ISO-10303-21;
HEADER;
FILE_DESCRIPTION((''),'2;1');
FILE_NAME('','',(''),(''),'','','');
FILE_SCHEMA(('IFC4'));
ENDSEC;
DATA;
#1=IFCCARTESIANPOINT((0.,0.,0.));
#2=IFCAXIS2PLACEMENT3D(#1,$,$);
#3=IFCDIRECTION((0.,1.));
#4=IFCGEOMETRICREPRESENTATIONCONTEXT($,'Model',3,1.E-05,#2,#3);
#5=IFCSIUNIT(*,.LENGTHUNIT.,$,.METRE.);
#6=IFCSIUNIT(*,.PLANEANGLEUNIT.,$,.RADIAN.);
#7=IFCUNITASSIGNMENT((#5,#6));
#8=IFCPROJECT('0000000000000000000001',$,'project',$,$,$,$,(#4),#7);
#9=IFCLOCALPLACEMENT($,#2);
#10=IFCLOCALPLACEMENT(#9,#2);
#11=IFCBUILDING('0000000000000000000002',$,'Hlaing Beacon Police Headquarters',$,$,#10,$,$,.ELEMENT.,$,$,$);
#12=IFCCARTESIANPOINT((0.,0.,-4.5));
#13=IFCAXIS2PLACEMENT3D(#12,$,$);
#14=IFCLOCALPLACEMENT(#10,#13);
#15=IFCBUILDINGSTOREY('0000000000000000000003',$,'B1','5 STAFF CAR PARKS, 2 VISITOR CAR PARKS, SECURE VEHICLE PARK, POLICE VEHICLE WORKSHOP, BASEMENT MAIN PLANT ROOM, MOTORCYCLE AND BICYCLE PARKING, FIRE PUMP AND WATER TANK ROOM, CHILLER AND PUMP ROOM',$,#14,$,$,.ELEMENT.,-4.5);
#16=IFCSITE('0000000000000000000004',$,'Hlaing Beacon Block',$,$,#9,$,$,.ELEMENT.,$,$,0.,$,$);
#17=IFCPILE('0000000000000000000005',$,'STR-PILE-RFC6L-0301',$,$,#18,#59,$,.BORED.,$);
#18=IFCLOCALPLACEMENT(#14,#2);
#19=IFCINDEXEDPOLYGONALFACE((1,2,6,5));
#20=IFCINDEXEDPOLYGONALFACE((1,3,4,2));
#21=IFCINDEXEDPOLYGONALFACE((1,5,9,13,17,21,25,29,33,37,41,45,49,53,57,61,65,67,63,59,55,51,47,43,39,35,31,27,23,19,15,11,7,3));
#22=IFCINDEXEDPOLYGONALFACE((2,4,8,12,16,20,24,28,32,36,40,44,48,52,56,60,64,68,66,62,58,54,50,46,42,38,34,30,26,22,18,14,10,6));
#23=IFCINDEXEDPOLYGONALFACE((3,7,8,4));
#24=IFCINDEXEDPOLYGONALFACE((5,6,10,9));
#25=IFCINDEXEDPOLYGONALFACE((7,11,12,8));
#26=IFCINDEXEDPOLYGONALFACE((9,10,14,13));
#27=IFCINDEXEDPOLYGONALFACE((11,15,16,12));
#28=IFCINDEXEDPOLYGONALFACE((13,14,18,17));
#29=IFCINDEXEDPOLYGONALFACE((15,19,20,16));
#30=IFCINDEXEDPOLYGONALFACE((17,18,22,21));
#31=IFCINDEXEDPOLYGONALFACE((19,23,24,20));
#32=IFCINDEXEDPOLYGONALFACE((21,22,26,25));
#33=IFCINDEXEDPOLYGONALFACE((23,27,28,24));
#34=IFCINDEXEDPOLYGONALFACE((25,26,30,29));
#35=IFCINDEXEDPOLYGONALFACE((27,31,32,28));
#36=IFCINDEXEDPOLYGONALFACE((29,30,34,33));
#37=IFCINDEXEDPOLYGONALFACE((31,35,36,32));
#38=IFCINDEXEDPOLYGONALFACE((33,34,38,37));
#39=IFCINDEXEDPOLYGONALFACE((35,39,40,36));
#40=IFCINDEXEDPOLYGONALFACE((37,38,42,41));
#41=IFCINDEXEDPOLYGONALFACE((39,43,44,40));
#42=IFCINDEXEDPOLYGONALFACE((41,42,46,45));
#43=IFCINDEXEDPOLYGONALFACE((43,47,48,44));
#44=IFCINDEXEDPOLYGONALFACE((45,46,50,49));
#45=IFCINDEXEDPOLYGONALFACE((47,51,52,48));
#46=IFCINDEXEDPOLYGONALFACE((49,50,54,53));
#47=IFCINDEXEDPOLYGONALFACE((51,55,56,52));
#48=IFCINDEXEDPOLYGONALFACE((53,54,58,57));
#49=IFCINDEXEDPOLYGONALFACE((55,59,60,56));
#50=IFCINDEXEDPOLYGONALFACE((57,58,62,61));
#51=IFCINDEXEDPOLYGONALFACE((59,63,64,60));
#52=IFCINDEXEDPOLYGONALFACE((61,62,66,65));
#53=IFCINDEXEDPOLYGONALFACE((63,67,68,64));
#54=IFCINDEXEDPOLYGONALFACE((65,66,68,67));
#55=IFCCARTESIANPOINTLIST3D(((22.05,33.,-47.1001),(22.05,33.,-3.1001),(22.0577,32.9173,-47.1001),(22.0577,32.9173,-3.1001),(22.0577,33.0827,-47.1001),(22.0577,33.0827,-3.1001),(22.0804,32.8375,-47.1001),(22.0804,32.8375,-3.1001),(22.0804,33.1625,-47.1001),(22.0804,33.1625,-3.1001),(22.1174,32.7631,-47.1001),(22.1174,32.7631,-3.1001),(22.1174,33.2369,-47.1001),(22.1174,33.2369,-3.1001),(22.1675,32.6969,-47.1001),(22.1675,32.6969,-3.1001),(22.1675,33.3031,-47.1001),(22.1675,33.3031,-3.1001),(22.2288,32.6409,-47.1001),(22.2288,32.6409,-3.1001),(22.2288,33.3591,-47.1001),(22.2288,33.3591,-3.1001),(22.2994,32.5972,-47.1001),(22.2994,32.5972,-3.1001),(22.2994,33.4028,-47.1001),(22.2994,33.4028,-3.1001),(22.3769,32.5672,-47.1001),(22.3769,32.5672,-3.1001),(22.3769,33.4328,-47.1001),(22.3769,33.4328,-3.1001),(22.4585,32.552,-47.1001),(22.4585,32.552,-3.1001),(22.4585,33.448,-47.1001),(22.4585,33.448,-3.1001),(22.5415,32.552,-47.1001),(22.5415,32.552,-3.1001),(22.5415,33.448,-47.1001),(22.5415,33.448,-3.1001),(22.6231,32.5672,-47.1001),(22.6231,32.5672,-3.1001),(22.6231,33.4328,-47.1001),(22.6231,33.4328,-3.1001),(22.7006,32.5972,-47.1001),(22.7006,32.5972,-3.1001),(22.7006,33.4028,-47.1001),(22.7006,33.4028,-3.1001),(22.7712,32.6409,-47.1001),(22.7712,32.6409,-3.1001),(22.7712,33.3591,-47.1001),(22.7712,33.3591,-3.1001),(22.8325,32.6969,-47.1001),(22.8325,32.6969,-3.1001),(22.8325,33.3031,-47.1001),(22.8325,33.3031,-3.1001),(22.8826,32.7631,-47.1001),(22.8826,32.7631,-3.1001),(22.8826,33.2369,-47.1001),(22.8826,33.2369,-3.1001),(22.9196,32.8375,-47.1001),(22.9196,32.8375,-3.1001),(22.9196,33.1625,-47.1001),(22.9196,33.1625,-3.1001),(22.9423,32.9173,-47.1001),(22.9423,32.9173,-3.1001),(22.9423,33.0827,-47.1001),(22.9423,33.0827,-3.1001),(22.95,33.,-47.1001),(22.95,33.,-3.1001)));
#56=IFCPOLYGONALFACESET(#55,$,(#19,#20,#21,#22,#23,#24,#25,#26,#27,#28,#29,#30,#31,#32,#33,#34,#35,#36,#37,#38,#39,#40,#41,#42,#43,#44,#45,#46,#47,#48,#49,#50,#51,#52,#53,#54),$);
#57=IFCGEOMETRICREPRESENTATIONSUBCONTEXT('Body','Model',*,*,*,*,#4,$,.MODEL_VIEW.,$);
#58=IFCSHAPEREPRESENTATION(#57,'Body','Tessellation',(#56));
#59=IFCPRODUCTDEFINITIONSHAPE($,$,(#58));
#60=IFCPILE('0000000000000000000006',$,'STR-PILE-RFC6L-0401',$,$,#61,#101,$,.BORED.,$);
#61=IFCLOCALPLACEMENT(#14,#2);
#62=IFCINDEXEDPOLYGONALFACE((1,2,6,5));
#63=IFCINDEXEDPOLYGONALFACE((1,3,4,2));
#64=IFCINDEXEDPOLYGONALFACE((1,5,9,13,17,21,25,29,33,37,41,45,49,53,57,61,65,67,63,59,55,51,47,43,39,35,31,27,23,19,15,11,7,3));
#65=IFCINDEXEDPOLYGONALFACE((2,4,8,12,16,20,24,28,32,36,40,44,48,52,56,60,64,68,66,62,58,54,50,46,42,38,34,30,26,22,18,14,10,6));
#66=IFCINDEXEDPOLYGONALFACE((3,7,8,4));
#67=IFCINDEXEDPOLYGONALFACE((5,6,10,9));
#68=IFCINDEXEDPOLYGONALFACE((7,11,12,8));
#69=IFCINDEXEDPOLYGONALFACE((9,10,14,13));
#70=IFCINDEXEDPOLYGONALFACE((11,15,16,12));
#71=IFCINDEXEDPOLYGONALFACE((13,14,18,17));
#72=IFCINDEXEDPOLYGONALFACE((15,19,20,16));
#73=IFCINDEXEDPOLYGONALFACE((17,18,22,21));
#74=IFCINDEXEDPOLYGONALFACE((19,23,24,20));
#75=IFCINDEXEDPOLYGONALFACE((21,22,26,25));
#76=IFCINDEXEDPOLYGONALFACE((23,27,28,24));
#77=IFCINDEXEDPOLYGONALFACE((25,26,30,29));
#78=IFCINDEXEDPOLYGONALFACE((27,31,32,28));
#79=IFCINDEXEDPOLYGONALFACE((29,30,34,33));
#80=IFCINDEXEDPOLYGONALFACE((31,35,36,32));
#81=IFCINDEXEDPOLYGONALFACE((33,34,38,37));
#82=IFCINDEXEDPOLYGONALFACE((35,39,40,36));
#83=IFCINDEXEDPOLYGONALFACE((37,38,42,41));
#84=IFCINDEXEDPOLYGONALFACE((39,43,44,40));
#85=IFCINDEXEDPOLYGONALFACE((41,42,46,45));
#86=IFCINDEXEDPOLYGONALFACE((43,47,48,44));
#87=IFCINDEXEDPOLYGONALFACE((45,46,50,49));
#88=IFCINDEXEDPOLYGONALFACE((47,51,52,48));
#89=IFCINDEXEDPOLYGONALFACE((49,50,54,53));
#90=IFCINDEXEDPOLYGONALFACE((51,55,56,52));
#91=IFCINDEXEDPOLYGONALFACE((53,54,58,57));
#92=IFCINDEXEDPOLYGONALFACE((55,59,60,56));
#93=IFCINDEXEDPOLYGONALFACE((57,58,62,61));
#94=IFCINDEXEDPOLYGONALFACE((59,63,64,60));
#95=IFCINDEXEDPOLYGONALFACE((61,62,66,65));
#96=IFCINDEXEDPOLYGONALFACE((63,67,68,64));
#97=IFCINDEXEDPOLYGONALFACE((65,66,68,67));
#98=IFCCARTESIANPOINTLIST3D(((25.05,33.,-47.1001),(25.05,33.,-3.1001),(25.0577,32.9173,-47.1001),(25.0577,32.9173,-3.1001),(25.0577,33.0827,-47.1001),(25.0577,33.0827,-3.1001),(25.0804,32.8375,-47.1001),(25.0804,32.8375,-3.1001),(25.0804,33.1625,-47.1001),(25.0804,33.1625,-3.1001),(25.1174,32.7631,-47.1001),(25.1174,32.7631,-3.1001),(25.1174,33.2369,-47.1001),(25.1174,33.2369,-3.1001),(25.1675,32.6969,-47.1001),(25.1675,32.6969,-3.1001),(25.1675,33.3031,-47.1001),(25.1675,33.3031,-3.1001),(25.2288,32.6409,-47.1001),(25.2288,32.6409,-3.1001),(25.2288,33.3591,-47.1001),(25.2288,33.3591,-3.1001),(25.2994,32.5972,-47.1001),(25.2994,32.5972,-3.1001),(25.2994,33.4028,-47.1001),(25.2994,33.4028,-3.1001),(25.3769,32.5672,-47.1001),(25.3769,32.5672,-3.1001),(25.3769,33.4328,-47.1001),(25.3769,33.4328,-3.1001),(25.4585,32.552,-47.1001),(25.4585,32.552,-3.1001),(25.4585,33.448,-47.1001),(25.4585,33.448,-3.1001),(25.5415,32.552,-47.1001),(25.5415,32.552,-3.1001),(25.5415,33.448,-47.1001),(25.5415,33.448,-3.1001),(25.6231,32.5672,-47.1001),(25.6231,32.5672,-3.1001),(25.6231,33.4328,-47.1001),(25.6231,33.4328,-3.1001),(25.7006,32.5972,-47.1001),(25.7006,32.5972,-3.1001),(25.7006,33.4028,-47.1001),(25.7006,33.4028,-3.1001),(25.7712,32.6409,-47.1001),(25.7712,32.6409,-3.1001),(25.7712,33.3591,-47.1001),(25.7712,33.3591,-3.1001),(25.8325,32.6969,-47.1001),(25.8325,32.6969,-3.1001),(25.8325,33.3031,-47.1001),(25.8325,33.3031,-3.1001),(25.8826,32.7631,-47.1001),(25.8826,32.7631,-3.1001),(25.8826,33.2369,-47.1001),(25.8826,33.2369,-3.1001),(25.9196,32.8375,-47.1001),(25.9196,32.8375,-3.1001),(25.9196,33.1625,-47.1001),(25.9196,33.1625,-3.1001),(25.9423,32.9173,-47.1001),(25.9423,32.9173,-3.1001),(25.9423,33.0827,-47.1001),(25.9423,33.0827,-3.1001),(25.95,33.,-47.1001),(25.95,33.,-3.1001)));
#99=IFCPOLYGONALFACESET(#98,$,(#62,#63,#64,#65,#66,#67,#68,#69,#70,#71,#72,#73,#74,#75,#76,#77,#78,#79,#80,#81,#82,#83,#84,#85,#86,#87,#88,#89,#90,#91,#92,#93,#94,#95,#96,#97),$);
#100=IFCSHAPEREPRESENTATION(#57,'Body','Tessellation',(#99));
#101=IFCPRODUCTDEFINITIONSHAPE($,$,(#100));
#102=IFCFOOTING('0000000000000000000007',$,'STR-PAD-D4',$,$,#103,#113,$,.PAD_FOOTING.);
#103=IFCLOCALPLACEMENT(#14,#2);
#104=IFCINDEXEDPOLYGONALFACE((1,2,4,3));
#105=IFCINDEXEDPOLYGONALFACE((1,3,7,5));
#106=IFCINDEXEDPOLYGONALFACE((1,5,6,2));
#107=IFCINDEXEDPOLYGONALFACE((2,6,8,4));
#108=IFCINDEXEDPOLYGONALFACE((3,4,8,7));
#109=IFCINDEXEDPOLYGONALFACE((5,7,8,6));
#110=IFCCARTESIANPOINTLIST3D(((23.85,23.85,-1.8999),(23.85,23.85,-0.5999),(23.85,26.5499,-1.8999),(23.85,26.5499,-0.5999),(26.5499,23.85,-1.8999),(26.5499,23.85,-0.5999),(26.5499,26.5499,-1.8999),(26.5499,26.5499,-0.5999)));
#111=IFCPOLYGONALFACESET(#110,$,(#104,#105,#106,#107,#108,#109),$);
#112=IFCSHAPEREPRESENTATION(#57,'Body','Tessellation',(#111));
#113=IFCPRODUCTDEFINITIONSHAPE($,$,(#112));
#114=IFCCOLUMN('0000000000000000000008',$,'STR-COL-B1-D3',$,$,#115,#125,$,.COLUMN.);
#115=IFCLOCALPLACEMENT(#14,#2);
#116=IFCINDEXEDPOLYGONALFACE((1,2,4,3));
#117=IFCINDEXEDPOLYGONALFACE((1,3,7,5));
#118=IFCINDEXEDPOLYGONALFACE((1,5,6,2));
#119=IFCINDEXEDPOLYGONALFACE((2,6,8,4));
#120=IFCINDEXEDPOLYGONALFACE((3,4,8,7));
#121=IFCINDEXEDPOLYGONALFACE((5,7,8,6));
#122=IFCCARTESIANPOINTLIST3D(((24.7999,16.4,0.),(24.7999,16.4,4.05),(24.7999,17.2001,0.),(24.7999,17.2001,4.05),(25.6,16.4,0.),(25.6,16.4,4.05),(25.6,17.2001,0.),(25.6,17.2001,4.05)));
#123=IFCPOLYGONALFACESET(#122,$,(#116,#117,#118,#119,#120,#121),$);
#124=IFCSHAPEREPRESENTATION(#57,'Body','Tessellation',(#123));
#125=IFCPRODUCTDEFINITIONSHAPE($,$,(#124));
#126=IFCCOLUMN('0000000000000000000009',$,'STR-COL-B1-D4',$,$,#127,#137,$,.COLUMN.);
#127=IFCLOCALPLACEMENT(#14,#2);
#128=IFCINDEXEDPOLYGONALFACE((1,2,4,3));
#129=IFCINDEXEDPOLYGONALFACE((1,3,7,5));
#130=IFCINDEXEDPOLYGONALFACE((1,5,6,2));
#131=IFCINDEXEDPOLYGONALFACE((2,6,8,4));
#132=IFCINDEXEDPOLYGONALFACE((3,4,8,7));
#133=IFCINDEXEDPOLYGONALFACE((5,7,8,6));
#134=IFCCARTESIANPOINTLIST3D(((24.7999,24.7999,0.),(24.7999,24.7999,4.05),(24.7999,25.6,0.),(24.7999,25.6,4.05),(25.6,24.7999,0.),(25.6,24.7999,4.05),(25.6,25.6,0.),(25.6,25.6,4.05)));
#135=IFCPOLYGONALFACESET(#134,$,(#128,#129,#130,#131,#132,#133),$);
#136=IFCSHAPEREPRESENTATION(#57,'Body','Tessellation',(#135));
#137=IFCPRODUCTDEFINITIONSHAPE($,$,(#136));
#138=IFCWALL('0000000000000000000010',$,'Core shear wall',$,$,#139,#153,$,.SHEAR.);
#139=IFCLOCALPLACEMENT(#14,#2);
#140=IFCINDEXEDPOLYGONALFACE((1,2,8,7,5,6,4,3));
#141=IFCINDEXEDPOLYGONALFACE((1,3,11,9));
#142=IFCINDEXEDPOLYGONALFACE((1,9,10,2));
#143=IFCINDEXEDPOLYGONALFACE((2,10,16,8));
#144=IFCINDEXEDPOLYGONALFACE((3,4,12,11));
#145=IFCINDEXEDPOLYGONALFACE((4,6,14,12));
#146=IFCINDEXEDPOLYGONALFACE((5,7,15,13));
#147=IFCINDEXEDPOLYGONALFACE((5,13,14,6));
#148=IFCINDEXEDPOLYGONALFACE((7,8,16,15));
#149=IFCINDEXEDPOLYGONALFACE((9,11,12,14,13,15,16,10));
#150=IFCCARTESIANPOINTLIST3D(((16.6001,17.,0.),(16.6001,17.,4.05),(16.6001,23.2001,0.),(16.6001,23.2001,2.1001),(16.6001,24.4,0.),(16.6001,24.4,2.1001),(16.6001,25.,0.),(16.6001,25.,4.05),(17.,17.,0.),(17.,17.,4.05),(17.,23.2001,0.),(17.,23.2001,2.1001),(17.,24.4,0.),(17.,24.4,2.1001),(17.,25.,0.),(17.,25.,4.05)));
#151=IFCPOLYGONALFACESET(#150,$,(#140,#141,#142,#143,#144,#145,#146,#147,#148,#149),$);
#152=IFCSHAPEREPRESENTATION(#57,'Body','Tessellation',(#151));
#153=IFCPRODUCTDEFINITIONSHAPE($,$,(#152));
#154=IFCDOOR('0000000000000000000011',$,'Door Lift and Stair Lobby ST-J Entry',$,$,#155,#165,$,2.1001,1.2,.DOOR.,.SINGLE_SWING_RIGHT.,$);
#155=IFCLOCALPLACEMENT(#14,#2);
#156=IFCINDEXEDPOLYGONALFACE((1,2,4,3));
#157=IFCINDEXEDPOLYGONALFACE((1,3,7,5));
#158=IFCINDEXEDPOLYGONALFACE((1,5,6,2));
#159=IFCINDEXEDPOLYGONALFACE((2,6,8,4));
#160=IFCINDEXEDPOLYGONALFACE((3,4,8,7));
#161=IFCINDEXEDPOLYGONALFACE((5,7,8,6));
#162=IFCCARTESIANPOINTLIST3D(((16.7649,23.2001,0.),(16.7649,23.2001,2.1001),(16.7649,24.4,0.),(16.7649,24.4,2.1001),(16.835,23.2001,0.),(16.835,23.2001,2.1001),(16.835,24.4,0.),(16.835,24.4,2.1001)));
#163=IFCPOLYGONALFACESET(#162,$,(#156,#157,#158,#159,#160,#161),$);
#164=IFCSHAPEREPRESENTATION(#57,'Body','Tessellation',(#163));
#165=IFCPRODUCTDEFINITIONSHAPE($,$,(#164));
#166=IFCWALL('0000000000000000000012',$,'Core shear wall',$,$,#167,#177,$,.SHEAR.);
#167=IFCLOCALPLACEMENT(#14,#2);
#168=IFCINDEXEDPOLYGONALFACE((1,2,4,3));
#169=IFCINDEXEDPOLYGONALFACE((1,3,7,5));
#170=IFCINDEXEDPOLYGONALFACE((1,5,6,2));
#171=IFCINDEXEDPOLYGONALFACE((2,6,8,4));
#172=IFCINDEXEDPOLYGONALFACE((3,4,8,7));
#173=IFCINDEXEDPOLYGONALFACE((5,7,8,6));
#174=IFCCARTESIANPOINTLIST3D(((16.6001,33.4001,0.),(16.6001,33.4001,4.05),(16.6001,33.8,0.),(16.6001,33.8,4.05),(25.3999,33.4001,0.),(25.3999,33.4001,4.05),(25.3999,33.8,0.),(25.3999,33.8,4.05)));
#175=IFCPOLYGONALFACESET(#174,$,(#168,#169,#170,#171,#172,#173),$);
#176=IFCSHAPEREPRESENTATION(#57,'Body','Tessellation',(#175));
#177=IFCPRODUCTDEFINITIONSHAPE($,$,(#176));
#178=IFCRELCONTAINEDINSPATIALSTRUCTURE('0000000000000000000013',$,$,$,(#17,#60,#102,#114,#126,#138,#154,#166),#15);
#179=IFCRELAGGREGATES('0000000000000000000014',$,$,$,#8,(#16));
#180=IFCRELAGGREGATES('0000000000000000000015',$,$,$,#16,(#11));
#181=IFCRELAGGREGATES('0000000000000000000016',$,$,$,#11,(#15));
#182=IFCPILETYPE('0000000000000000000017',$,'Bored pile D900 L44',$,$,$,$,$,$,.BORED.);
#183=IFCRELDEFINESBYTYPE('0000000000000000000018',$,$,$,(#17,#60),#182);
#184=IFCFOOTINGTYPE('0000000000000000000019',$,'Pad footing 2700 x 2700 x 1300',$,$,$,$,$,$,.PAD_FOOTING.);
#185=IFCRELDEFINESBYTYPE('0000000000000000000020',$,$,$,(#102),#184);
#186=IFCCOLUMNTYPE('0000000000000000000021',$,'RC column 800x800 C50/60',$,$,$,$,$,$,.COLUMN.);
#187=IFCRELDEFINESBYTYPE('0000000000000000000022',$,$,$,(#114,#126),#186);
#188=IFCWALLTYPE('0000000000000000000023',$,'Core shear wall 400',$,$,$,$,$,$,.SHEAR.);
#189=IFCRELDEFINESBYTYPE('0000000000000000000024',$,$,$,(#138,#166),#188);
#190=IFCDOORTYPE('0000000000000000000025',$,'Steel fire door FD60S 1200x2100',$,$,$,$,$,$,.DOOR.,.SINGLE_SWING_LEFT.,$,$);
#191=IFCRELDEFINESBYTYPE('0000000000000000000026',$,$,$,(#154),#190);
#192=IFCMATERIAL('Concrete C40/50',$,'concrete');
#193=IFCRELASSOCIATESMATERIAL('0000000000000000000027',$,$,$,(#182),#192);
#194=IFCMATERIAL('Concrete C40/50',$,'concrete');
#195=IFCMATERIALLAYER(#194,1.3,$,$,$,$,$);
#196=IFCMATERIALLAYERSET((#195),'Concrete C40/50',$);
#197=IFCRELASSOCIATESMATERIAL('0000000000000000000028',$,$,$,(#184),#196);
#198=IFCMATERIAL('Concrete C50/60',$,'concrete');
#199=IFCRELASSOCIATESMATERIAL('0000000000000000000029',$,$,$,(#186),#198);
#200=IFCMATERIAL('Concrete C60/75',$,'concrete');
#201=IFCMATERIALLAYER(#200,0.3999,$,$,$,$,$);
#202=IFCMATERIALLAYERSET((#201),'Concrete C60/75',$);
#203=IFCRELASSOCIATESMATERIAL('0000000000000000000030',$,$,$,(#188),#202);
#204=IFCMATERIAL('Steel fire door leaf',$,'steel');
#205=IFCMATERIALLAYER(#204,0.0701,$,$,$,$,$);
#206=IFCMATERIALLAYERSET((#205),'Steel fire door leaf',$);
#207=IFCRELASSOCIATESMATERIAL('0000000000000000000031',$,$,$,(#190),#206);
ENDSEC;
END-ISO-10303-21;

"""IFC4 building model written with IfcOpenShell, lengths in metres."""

from ifc_helpers import new_model, si_unit, direction, frame, frame_2d, origin, origin_2d, place, context, subcontext, project, spatial, rectangle, circle, extrude, material, layer, layer_set, material_profile, profile_set, type_object, element, fill, save


model = new_model("IFC4")

# Units and contexts
model_context = context("Model", 3, precision=1e-05, world=origin(), true_north=direction((0.0, 1.0)))
body_context = subcontext(model_context, "Body", "Model", "MODEL_VIEW")
ifc_project = project(units=[si_unit("LENGTHUNIT", "METRE"), si_unit("PLANEANGLEUNIT", "RADIAN")], contexts=[model_context])

# Site, building, storey
site_placement = place(None, origin())
site = spatial("IfcSite", under=ifc_project, at=site_placement, Name="Hlaing Beacon Block", CompositionType="ELEMENT", RefElevation=0.0)
building_placement = place(site_placement, origin())
building = spatial("IfcBuilding", under=site, at=building_placement, Name="Hlaing Beacon Police Headquarters", CompositionType="ELEMENT")
storey_placement = place(building_placement, frame((0.0, 0.0, -4.5)))
storey = spatial("IfcBuildingStorey", under=building, at=storey_placement, Name="B1", Description="5 STAFF CAR PARKS, 2 VISITOR CAR PARKS, SECURE VEHICLE PARK, POLICE VEHICLE WORKSHOP, BASEMENT MAIN PLANT ROOM, MOTORCYCLE AND BICYCLE PARKING, FIRE PUMP AND WATER TANK ROOM, CHILLER AND PUMP ROOM", CompositionType="ELEMENT", Elevation=-4.5)

# Piles
ifc_material_1 = material(Name="Concrete C40/50", Category="concrete")
ifc_material_profile_1 = material_profile(ifc_material_1, circle(Radius=0.45, at=origin_2d()), Name="D900")
ifc_profile_set_1 = profile_set([ifc_material_profile_1], Name="Concrete C40/50")
pile_type_1 = type_object("IfcPileType", Name="Bored pile D900 L44", PredefinedType="BORED", material=ifc_profile_set_1)
for number, where, z_axis, x_axis, name in (
    (1, (22.5, 33.0, -3.1001), (0.0, 0.0, -1.0), (1.0, 0.0, 0.0), "STR-PILE-RFC6L-0301"),
    (2, (25.5, 33.0, -3.1001), (0.0, 0.0, -1.0), (1.0, 0.0, 0.0), "STR-PILE-RFC6L-0401"),
):
    element("IfcPile", number, at=place(storey_placement, frame(where, z_axis=z_axis, x_axis=x_axis)), inside=storey, type_object=pile_type_1, Name=name, PredefinedType="BORED", context=body_context, shape_type="SweptSolid", body=[
        extrude(circle(Radius=0.45, at=origin_2d()), origin(), (0.0, 0.0, 1.0), 44.0),
    ])

# Footing
ifc_material_2 = material(Name="Concrete C40/50", Category="concrete")
ifc_layer_1 = layer(ifc_material_2, 1.3)
ifc_layer_set_1 = layer_set([ifc_layer_1], Name="Concrete C40/50")
footing_type = type_object("IfcFootingType", Name="Pad footing 2700 x 2700 x 1300", PredefinedType="PAD_FOOTING", material=ifc_layer_set_1)
footing_placement = place(storey_placement, frame((25.2, 25.2, -1.8999), z_axis=(0.0, 0.0, 1.0), x_axis=(1.0, 0.0, 0.0)))
element("IfcFooting", 3, at=footing_placement, inside=storey, type_object=footing_type, Name="STR-PAD-D4", PredefinedType="PAD_FOOTING", context=body_context, shape_type="SweptSolid", body=[
    extrude(rectangle(XDim=2.7, YDim=2.7, at=origin_2d()), origin(), (0.0, 0.0, 1.0), 1.3),
])

# Columns
ifc_material_3 = material(Name="Concrete C50/60", Category="concrete")
ifc_material_profile_2 = material_profile(ifc_material_3, rectangle(XDim=0.8, YDim=0.8, at=origin_2d()), Name="800x800")
ifc_profile_set_2 = profile_set([ifc_material_profile_2], Name="Concrete C50/60")
column_type = type_object("IfcColumnType", Name="RC column 800x800 C50/60", PredefinedType="COLUMN", material=ifc_profile_set_2)
for number, where, z_axis, x_axis, name in (
    (4, (25.2, 16.8, 0.0), (0.0, 0.0, 1.0), (1.0, 0.0, 0.0), "STR-COL-B1-D3"),
    (5, (25.2, 25.2, 0.0), (0.0, 0.0, 1.0), (1.0, 0.0, 0.0), "STR-COL-B1-D4"),
):
    element("IfcColumn", number, at=place(storey_placement, frame(where, z_axis=z_axis, x_axis=x_axis)), inside=storey, type_object=column_type, Name=name, PredefinedType="COLUMN", context=body_context, shape_type="SweptSolid", body=[
        extrude(rectangle(XDim=0.8, YDim=0.8, at=origin_2d()), origin(), (0.0, 0.0, 1.0), 4.05),
    ])

# Wall, opening, door
ifc_material_4 = material(Name="Concrete C60/75", Category="concrete")
ifc_layer_2 = layer(ifc_material_4, 0.3999)
ifc_layer_set_2 = layer_set([ifc_layer_2], Name="Concrete C60/75")
wall_type_1 = type_object("IfcWallType", Name="Core shear wall 400", PredefinedType="SHEAR", material=ifc_layer_set_2)
wall_1_placement = place(storey_placement, frame((16.8, 17.0, 0.0), z_axis=(0.0, 0.0, 1.0), x_axis=(0.0, 1.0, 0.0)))
wall_1 = element("IfcWall", 6, at=wall_1_placement, inside=storey, type_object=wall_type_1, Name="Core shear wall", PredefinedType="SHEAR", context=body_context, shape_type="SweptSolid", body=[
    extrude(rectangle(XDim=8.0, YDim=0.3999, at=frame_2d((4.0, 0.0))), origin(), (0.0, 0.0, 1.0), 4.05),
])
opening_1_placement = place(wall_1_placement, frame((6.2, 0.0, 0.0)))
opening_1 = element("IfcOpeningElement", 7, at=opening_1_placement, cuts=wall_1, PredefinedType="OPENING", context=body_context, shape_type="SweptSolid", body=[
    extrude(rectangle(XDim=1.2, YDim=2.1001, at=frame_2d((0.6001, 1.05))), frame((0.0, 0.21, 0.0), z_axis=(0.0, -1.0, 0.0), x_axis=(1.0, 0.0, 0.0)), (0.0, 0.0, 1.0), 0.4199),
])
ifc_material_5 = material(Name="Steel fire door leaf", Category="steel")
ifc_layer_3 = layer(ifc_material_5, 0.0701)
ifc_layer_set_3 = layer_set([ifc_layer_3], Name="Steel fire door leaf")
door_type_1 = type_object("IfcDoorType", Name="Steel fire door FD60S 1200x2100", OperationType="SINGLE_SWING_LEFT", PredefinedType="DOOR", material=ifc_layer_set_3)
door_1_placement = place(opening_1_placement, origin())
door_1 = element("IfcDoor", 8, at=door_1_placement, inside=storey, type_object=door_type_1, Name="Door Lift and Stair Lobby ST-J Entry", OperationType="SINGLE_SWING_RIGHT", OverallHeight=2.1001, OverallWidth=1.2, PredefinedType="DOOR", context=body_context, shape_type="SweptSolid", body=[
    extrude(rectangle(XDim=1.2, YDim=2.1001, at=frame_2d((0.6001, 1.05))), frame((0.0, 0.0352, 0.0), z_axis=(0.0, -1.0, 0.0), x_axis=(1.0, 0.0, 0.0)), (0.0, 0.0, 1.0), 0.0701),
])
fill(opening_1, door_1)

# Wall
wall_2_placement = place(storey_placement, frame((16.6001, 33.6001, 0.0), z_axis=(0.0, 0.0, 1.0), x_axis=(1.0, 0.0, 0.0)))
element("IfcWall", 9, at=wall_2_placement, inside=storey, type_object=wall_type_1, Name="Core shear wall", PredefinedType="SHEAR", context=body_context, shape_type="SweptSolid", body=[
    extrude(rectangle(XDim=8.7998, YDim=0.3999, at=frame_2d((4.3999, 0.0))), origin(), (0.0, 0.0, 1.0), 4.05),
])

save(model, "model.ifc")
